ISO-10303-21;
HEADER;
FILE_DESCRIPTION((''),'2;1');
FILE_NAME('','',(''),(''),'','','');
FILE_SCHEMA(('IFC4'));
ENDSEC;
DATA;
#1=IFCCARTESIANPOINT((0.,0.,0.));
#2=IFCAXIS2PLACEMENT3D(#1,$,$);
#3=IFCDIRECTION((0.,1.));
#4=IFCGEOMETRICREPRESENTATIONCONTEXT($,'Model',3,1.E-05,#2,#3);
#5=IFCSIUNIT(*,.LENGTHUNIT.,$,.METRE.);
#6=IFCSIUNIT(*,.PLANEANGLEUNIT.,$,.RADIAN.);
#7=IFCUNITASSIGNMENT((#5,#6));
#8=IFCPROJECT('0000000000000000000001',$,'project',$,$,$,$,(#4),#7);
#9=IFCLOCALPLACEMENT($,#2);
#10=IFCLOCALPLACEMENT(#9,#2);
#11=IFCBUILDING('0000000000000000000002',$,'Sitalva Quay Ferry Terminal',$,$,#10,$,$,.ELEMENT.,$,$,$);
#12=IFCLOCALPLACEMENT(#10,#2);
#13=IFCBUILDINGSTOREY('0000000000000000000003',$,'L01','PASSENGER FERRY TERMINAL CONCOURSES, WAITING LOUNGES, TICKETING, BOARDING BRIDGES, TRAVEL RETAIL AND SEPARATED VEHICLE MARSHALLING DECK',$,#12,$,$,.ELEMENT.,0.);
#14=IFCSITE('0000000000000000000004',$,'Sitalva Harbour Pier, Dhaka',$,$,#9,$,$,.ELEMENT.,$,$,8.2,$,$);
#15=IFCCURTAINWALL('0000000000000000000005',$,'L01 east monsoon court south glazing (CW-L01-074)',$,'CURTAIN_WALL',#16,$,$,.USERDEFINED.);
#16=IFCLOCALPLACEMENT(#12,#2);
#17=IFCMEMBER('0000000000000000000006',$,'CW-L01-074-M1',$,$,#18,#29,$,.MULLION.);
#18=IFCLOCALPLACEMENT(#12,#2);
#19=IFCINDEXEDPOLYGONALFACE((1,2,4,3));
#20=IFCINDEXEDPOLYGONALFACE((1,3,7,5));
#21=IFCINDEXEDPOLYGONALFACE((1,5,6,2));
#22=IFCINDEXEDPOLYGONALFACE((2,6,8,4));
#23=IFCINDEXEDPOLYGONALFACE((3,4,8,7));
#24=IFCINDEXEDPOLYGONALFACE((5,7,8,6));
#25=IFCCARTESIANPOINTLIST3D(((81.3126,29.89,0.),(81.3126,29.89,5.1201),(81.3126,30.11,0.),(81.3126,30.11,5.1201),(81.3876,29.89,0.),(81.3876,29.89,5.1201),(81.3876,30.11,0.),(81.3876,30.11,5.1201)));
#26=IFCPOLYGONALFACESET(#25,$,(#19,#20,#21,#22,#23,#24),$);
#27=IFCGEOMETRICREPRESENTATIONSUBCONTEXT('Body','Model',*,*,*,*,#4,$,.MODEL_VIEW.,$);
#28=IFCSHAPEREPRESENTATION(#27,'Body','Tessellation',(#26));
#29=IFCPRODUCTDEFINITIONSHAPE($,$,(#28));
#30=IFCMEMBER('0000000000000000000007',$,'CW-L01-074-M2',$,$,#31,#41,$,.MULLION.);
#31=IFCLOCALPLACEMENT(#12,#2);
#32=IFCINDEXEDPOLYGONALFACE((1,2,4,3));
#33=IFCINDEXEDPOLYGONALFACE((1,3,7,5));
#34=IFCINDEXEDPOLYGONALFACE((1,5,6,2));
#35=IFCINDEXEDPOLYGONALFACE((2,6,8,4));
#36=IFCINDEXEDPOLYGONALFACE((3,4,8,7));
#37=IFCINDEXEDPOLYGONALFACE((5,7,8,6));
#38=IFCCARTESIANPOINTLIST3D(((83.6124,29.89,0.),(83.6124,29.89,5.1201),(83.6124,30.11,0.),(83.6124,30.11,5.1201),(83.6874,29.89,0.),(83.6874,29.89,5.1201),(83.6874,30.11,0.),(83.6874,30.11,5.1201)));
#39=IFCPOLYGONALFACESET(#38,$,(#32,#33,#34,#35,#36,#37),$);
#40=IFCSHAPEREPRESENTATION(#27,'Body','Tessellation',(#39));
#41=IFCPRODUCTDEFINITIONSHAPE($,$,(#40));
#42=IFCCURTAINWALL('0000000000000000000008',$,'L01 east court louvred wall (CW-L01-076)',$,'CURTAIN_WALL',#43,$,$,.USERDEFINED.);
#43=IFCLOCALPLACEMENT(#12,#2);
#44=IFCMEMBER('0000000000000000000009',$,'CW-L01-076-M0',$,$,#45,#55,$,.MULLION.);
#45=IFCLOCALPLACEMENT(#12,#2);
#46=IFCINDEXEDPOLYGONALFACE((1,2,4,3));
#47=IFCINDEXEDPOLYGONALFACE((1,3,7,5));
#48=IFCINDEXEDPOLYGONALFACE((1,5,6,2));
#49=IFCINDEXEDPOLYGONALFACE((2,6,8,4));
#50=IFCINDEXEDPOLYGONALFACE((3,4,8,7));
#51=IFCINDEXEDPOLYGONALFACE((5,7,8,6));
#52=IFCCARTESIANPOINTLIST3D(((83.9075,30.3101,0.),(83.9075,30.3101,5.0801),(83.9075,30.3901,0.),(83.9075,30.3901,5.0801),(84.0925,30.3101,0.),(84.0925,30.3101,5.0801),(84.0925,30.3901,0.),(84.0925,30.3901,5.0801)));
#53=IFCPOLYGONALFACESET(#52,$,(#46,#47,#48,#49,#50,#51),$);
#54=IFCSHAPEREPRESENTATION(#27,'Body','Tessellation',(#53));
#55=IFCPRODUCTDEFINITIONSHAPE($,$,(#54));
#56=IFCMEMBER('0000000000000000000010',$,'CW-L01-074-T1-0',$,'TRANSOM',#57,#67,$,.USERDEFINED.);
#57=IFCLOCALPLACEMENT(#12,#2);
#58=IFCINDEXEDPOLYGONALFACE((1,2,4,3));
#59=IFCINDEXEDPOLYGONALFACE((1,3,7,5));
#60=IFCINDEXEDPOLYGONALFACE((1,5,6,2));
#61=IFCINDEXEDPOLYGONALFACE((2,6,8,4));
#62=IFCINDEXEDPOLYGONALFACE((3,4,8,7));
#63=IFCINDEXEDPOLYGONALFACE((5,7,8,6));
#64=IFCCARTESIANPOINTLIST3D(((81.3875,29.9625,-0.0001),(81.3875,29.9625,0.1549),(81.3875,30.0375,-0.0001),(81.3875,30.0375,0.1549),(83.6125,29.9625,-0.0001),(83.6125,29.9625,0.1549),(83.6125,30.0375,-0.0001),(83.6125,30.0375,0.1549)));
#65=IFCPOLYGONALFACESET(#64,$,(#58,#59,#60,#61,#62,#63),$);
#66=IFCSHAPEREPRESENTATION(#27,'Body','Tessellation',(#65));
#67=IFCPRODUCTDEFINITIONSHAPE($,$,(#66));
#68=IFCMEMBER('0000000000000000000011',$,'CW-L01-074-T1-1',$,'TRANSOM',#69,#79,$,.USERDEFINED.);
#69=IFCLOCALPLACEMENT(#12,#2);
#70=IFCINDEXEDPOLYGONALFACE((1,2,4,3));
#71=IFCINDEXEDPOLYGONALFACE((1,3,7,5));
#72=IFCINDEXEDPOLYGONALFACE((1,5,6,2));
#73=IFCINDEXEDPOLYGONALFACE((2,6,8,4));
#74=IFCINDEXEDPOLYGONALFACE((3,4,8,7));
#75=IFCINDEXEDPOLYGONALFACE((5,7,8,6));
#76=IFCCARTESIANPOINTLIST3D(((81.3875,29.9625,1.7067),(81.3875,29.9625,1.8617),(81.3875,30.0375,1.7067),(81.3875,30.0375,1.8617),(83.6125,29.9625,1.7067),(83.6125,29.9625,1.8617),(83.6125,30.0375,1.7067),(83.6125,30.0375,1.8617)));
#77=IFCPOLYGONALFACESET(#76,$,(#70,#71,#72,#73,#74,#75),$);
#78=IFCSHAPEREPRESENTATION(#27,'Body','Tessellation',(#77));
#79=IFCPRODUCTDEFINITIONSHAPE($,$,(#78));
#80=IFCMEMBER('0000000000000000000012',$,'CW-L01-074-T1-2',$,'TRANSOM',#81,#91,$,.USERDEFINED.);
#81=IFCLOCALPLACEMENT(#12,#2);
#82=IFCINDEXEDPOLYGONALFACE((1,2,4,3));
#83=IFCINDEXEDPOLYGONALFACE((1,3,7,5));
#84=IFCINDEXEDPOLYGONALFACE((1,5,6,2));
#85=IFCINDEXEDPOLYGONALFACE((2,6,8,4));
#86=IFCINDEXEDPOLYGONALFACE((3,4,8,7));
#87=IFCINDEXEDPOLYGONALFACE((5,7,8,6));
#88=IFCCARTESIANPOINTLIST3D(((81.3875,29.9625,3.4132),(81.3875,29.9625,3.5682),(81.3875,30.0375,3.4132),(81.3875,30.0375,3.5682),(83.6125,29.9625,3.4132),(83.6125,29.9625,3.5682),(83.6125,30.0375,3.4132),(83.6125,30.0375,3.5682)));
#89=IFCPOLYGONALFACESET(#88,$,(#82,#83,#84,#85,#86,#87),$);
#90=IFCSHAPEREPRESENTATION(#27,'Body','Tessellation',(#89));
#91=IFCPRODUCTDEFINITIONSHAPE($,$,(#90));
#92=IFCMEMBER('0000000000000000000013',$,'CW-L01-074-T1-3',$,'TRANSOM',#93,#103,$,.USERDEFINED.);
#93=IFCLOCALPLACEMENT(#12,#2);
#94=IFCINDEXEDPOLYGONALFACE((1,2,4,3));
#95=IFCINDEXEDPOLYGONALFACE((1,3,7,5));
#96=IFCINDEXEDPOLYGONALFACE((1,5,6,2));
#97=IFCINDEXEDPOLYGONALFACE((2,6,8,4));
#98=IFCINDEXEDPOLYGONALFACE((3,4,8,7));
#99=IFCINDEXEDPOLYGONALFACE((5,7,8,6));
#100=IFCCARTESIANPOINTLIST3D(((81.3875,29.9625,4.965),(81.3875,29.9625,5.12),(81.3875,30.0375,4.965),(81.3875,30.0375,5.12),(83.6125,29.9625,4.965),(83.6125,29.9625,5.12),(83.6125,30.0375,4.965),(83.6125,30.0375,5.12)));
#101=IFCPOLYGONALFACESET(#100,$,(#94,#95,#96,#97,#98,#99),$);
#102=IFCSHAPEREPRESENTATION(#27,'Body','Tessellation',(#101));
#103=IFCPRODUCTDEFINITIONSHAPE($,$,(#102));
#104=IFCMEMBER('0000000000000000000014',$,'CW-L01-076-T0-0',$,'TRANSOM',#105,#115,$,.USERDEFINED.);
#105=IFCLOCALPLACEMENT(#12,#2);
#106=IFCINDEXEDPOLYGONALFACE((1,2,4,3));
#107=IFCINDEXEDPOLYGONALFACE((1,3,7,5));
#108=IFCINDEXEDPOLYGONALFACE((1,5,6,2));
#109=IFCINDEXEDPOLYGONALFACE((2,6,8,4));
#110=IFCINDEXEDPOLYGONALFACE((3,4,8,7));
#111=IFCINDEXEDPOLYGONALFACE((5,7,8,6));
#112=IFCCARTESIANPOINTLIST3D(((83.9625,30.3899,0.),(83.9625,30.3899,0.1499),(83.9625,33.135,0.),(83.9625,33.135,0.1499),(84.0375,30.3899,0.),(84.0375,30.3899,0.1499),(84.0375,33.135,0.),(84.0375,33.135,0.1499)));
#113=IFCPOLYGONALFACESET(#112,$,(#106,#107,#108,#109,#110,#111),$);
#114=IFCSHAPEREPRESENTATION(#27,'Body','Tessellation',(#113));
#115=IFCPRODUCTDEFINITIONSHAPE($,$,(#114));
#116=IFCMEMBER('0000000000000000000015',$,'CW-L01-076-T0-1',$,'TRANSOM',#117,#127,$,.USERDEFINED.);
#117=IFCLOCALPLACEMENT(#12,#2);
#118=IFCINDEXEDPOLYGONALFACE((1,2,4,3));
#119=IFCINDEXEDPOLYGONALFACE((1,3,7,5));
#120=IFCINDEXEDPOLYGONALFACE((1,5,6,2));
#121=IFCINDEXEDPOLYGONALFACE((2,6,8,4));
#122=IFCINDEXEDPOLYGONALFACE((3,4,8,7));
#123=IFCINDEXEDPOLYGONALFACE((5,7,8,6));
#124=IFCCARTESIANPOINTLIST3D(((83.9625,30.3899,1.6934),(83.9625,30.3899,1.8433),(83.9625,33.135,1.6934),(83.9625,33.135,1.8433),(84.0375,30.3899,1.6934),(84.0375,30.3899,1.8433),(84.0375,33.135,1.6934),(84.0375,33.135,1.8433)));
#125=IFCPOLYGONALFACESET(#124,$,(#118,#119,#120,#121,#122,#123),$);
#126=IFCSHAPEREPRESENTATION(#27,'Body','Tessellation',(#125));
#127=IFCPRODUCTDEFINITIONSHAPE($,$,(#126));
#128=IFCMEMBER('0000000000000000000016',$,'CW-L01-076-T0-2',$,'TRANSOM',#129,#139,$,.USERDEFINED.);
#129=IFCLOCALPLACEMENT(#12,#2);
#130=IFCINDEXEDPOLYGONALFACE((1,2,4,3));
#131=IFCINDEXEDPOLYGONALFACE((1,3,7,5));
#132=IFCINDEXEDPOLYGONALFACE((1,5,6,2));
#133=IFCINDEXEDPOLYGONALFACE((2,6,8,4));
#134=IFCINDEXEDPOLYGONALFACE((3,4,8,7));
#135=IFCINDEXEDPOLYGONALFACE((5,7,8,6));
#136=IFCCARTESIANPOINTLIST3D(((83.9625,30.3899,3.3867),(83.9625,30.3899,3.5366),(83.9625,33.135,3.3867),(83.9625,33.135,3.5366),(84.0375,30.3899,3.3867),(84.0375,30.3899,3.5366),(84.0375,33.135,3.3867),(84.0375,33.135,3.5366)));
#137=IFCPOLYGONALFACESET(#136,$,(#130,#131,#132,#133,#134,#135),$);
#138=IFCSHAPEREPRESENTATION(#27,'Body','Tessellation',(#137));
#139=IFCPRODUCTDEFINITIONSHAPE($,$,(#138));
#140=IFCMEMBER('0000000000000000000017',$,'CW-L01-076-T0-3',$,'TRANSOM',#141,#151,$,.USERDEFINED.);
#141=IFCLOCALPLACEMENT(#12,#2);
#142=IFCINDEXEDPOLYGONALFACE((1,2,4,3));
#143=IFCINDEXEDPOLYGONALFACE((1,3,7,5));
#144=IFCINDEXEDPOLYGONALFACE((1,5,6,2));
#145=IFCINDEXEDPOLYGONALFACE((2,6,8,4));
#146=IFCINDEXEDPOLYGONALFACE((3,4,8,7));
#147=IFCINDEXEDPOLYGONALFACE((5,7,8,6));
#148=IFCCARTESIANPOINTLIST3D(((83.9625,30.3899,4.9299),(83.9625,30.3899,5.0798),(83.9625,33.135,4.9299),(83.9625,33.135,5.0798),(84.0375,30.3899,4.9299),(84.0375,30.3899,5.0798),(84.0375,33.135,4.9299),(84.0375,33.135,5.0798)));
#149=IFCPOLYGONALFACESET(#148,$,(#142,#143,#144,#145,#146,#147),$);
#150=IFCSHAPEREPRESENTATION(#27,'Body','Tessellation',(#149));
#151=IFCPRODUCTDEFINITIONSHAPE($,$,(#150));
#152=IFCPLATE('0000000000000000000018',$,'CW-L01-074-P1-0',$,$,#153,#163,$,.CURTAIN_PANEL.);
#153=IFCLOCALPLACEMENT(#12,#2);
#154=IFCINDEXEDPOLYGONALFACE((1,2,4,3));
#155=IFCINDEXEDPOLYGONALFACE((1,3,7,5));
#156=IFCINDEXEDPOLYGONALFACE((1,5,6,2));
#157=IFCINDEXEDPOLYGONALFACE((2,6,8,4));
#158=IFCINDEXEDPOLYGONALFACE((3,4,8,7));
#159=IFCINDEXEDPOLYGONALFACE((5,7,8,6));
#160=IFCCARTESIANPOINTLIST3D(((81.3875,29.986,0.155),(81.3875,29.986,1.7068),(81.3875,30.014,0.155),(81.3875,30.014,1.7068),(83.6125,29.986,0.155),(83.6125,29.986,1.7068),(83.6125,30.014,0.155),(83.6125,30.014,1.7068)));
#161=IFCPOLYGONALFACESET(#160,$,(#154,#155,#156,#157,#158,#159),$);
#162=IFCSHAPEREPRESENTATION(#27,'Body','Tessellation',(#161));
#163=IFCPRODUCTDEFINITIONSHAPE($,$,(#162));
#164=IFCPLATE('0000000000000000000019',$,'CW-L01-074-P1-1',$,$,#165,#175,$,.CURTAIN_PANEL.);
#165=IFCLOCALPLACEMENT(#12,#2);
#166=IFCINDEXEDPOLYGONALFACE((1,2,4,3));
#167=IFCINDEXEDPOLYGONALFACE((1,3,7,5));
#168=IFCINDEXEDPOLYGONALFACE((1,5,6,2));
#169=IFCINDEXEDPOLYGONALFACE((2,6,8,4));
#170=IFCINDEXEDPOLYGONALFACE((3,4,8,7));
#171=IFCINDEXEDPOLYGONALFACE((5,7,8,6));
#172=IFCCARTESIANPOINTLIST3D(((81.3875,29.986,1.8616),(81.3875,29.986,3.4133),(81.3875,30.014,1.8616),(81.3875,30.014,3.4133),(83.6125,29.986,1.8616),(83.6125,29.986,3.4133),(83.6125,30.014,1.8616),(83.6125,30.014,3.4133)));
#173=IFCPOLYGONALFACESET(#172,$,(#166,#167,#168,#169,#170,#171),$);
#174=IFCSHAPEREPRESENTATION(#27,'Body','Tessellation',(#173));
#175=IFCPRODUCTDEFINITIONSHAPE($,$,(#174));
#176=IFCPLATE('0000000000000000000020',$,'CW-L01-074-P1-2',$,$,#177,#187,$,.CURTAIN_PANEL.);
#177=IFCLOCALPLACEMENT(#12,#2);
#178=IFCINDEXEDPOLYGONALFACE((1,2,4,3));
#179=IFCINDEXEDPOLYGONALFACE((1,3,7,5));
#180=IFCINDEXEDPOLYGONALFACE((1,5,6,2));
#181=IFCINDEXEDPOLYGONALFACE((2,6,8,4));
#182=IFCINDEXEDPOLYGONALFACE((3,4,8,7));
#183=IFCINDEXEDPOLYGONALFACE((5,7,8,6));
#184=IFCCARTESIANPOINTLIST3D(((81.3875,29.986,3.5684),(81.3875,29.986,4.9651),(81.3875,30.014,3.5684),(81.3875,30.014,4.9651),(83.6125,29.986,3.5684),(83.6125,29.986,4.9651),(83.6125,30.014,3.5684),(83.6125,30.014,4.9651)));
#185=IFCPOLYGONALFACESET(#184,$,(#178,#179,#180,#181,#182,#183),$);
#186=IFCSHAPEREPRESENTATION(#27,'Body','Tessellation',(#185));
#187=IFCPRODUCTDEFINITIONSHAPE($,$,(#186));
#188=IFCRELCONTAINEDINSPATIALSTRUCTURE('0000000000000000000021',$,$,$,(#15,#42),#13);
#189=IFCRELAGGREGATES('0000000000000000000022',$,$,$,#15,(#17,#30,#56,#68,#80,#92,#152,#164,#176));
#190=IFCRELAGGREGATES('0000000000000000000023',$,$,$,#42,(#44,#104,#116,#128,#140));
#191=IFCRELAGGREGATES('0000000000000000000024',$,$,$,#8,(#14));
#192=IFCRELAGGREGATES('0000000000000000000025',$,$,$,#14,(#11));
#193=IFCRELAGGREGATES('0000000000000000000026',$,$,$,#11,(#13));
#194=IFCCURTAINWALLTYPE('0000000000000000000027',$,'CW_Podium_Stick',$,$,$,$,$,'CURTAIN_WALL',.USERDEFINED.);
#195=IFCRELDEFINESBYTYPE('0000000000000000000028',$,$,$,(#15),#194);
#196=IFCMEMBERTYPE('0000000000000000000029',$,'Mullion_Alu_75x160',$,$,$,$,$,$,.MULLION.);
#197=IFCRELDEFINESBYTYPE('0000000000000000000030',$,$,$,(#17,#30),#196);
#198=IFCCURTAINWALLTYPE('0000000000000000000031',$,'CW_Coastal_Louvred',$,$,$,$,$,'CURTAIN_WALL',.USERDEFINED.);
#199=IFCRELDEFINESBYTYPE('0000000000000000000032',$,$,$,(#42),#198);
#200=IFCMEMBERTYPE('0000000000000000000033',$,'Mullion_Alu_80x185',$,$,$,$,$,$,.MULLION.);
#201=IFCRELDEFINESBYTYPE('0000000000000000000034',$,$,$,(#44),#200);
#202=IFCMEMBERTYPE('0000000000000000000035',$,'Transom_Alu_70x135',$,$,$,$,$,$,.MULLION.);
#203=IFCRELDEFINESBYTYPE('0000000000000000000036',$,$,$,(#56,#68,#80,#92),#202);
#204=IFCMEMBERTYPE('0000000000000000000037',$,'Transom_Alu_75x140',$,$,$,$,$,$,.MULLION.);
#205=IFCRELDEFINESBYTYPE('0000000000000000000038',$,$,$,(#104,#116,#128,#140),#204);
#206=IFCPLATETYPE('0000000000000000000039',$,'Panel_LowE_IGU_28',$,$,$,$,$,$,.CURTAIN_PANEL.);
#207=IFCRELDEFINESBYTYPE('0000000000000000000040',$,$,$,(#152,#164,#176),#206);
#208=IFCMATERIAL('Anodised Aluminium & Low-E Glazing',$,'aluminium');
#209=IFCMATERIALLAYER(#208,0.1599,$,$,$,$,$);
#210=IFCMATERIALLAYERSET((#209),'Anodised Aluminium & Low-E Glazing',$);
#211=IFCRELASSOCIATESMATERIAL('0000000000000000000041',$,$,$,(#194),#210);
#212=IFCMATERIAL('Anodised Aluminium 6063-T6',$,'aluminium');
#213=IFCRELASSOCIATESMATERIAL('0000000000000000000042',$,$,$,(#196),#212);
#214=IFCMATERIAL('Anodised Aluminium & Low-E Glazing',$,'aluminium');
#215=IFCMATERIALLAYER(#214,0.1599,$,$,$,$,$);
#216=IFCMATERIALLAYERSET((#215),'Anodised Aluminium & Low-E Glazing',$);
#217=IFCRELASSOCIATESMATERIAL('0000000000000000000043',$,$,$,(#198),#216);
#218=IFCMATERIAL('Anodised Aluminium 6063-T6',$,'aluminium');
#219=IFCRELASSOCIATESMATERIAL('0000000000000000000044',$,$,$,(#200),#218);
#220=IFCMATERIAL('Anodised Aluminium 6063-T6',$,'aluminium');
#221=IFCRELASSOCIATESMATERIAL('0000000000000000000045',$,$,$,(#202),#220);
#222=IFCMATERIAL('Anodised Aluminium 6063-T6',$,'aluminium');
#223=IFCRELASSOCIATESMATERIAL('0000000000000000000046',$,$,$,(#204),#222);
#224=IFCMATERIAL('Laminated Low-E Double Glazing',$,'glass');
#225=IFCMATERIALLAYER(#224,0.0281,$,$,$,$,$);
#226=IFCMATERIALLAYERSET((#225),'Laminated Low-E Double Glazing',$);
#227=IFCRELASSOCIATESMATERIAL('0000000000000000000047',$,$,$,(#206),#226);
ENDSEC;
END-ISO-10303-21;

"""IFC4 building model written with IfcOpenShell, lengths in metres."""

from ifc_helpers import new_model, si_unit, direction, frame, origin, origin_2d, place, context, subcontext, project, spatial, rectangle, extrude, material, layer, layer_set, material_profile, profile_set, type_object, element, aggregate, save


model = new_model("IFC4")

# Units and contexts
model_context = context("Model", 3, precision=1e-05, world=origin(), true_north=direction((0.0, 1.0)))
body_context = subcontext(model_context, "Body", "Model", "MODEL_VIEW")
ifc_project = project(units=[si_unit("LENGTHUNIT", "METRE"), si_unit("PLANEANGLEUNIT", "RADIAN")], contexts=[model_context])

# Site, building, storey
site_placement = place(None, origin())
site = spatial("IfcSite", under=ifc_project, at=site_placement, Name="Sitalva Harbour Pier, Dhaka", CompositionType="ELEMENT", RefElevation=8.2)
building_placement = place(site_placement, origin())
building = spatial("IfcBuilding", under=site, at=building_placement, Name="Sitalva Quay Ferry Terminal", CompositionType="ELEMENT")
storey_placement = place(building_placement, origin())
storey = spatial("IfcBuildingStorey", under=building, at=storey_placement, Name="L01", Description="PASSENGER FERRY TERMINAL CONCOURSES, WAITING LOUNGES, TICKETING, BOARDING BRIDGES, TRAVEL RETAIL AND SEPARATED VEHICLE MARSHALLING DECK", CompositionType="ELEMENT", Elevation=0.0)

# Curtain wall, members
ifc_material_1 = material(Name="Anodised Aluminium & Low-E Glazing", Category="aluminium")
ifc_layer_1 = layer(ifc_material_1, 0.1599)
ifc_layer_set_1 = layer_set([ifc_layer_1], Name="Anodised Aluminium & Low-E Glazing")
curtain_wall_type_1 = type_object("IfcCurtainWallType", Name="CW_Podium_Stick", ElementType="CURTAIN_WALL", PredefinedType="USERDEFINED", material=ifc_layer_set_1)
curtain_wall_1_placement = place(storey_placement, origin())
curtain_wall_1 = element("IfcCurtainWall", 1, at=curtain_wall_1_placement, inside=storey, type_object=curtain_wall_type_1, Name="L01 east monsoon court south glazing (CW-L01-074)", ObjectType="CURTAIN_WALL", PredefinedType="USERDEFINED")
ifc_material_2 = material(Name="Anodised Aluminium 6063-T6", Category="aluminium")
ifc_material_profile_1 = material_profile(ifc_material_2, rectangle(XDim=0.075, YDim=0.22, at=origin_2d()), Name="ALU75x220")
ifc_profile_set_1 = profile_set([ifc_material_profile_1], Name="Anodised Aluminium 6063-T6")
member_type_1 = type_object("IfcMemberType", Name="Mullion_Alu_75x160", PredefinedType="MULLION", material=ifc_profile_set_1)
member_1_placement = place(storey_placement, frame((81.3501, 30.0, 0.0), z_axis=(0.0, 0.0, 1.0), x_axis=(1.0, 0.0, 0.0)))
member_1 = element("IfcMember", 2, at=member_1_placement, type_object=member_type_1, Name="CW-L01-074-M1", PredefinedType="MULLION", context=body_context, shape_type="SweptSolid", body=[
    extrude(rectangle(XDim=0.075, YDim=0.22, at=origin_2d()), origin(), (0.0, 0.0, 1.0), 5.1201),
])
member_2_placement = place(storey_placement, frame((83.6499, 30.0, 0.0), z_axis=(0.0, 0.0, 1.0), x_axis=(1.0, 0.0, 0.0)))
member_2 = element("IfcMember", 3, at=member_2_placement, type_object=member_type_1, Name="CW-L01-074-M2", PredefinedType="MULLION", context=body_context, shape_type="SweptSolid", body=[
    extrude(rectangle(XDim=0.075, YDim=0.22, at=origin_2d()), origin(), (0.0, 0.0, 1.0), 5.1201),
])

# Curtain wall, member
ifc_material_3 = material(Name="Anodised Aluminium & Low-E Glazing", Category="aluminium")
ifc_layer_2 = layer(ifc_material_3, 0.1599)
ifc_layer_set_2 = layer_set([ifc_layer_2], Name="Anodised Aluminium & Low-E Glazing")
curtain_wall_type_2 = type_object("IfcCurtainWallType", Name="CW_Coastal_Louvred", ElementType="CURTAIN_WALL", PredefinedType="USERDEFINED", material=ifc_layer_set_2)
curtain_wall_2_placement = place(storey_placement, origin())
curtain_wall_2 = element("IfcCurtainWall", 4, at=curtain_wall_2_placement, inside=storey, type_object=curtain_wall_type_2, Name="L01 east court louvred wall (CW-L01-076)", ObjectType="CURTAIN_WALL", PredefinedType="USERDEFINED")
ifc_material_4 = material(Name="Anodised Aluminium 6063-T6", Category="aluminium")
ifc_material_profile_2 = material_profile(ifc_material_4, rectangle(XDim=0.0801, YDim=0.1851, at=origin_2d()), Name="ALU80x185")
ifc_profile_set_2 = profile_set([ifc_material_profile_2], Name="Anodised Aluminium 6063-T6")
member_type_2 = type_object("IfcMemberType", Name="Mullion_Alu_80x185", PredefinedType="MULLION", material=ifc_profile_set_2)
member_3_placement = place(storey_placement, frame((84.0, 30.3501, 0.0), z_axis=(0.0, 0.0, 1.0), x_axis=(0.0, 1.0, 0.0)))
member_3 = element("IfcMember", 5, at=member_3_placement, type_object=member_type_2, Name="CW-L01-076-M0", PredefinedType="MULLION", context=body_context, shape_type="SweptSolid", body=[
    extrude(rectangle(XDim=0.0801, YDim=0.1851, at=origin_2d()), origin(), (0.0, 0.0, 1.0), 5.0801),
])

# Members
ifc_material_5 = material(Name="Anodised Aluminium 6063-T6", Category="aluminium")
ifc_material_profile_3 = material_profile(ifc_material_5, rectangle(XDim=0.075, YDim=0.155, at=origin_2d()), Name="ALU75x155")
ifc_profile_set_3 = profile_set([ifc_material_profile_3], Name="Anodised Aluminium 6063-T6")
member_type_3 = type_object("IfcMemberType", Name="Transom_Alu_70x135", PredefinedType="MULLION", material=ifc_profile_set_3)
member_4_placement = place(storey_placement, frame((81.3875, 30.0, 0.0774), z_axis=(1.0, 0.0, 0.0), x_axis=(0.0, 1.0, 0.0)))
member_4 = element("IfcMember", 6, at=member_4_placement, type_object=member_type_3, Name="CW-L01-074-T1-0", ObjectType="TRANSOM", PredefinedType="USERDEFINED", context=body_context, shape_type="SweptSolid", body=[
    extrude(rectangle(XDim=0.075, YDim=0.155, at=origin_2d()), origin(), (0.0, 0.0, 1.0), 2.2251),
])
member_5_placement = place(storey_placement, frame((81.3875, 30.0, 1.7842), z_axis=(1.0, 0.0, 0.0), x_axis=(0.0, 1.0, 0.0)))
member_5 = element("IfcMember", 7, at=member_5_placement, type_object=member_type_3, Name="CW-L01-074-T1-1", ObjectType="TRANSOM", PredefinedType="USERDEFINED", context=body_context, shape_type="SweptSolid", body=[
    extrude(rectangle(XDim=0.075, YDim=0.155, at=origin_2d()), origin(), (0.0, 0.0, 1.0), 2.2251),
])
member_6_placement = place(storey_placement, frame((81.3875, 30.0, 3.4907), z_axis=(1.0, 0.0, 0.0), x_axis=(0.0, 1.0, 0.0)))
member_6 = element("IfcMember", 8, at=member_6_placement, type_object=member_type_3, Name="CW-L01-074-T1-2", ObjectType="TRANSOM", PredefinedType="USERDEFINED", context=body_context, shape_type="SweptSolid", body=[
    extrude(rectangle(XDim=0.075, YDim=0.155, at=origin_2d()), origin(), (0.0, 0.0, 1.0), 2.2251),
])
member_7_placement = place(storey_placement, frame((81.3875, 30.0, 5.0425), z_axis=(1.0, 0.0, 0.0), x_axis=(0.0, 1.0, 0.0)))
member_7 = element("IfcMember", 9, at=member_7_placement, type_object=member_type_3, Name="CW-L01-074-T1-3", ObjectType="TRANSOM", PredefinedType="USERDEFINED", context=body_context, shape_type="SweptSolid", body=[
    extrude(rectangle(XDim=0.075, YDim=0.155, at=origin_2d()), origin(), (0.0, 0.0, 1.0), 2.2251),
])
ifc_material_6 = material(Name="Anodised Aluminium 6063-T6", Category="aluminium")
ifc_material_profile_4 = material_profile(ifc_material_6, rectangle(XDim=0.075, YDim=0.1499, at=origin_2d()), Name="ALU75x150")
ifc_profile_set_4 = profile_set([ifc_material_profile_4], Name="Anodised Aluminium 6063-T6")
member_type_4 = type_object("IfcMemberType", Name="Transom_Alu_75x140", PredefinedType="MULLION", material=ifc_profile_set_4)
member_8_placement = place(storey_placement, frame((84.0, 30.3899, 0.075), z_axis=(0.0, 1.0, 0.0), x_axis=(-1.0, 0.0, 0.0)))
member_8 = element("IfcMember", 10, at=member_8_placement, type_object=member_type_4, Name="CW-L01-076-T0-0", ObjectType="TRANSOM", PredefinedType="USERDEFINED", context=body_context, shape_type="SweptSolid", body=[
    extrude(rectangle(XDim=0.075, YDim=0.1499, at=origin_2d()), origin(), (0.0, 0.0, 1.0), 2.7451),
])
member_9_placement = place(storey_placement, frame((84.0, 30.3899, 1.7683), z_axis=(0.0, 1.0, 0.0), x_axis=(-1.0, 0.0, 0.0)))
member_9 = element("IfcMember", 11, at=member_9_placement, type_object=member_type_4, Name="CW-L01-076-T0-1", ObjectType="TRANSOM", PredefinedType="USERDEFINED", context=body_context, shape_type="SweptSolid", body=[
    extrude(rectangle(XDim=0.075, YDim=0.1499, at=origin_2d()), origin(), (0.0, 0.0, 1.0), 2.7451),
])
member_10_placement = place(storey_placement, frame((84.0, 30.3899, 3.4617), z_axis=(0.0, 1.0, 0.0), x_axis=(-1.0, 0.0, 0.0)))
member_10 = element("IfcMember", 12, at=member_10_placement, type_object=member_type_4, Name="CW-L01-076-T0-2", ObjectType="TRANSOM", PredefinedType="USERDEFINED", context=body_context, shape_type="SweptSolid", body=[
    extrude(rectangle(XDim=0.075, YDim=0.1499, at=origin_2d()), origin(), (0.0, 0.0, 1.0), 2.7451),
])
member_11_placement = place(storey_placement, frame((84.0, 30.3899, 5.0049), z_axis=(0.0, 1.0, 0.0), x_axis=(-1.0, 0.0, 0.0)))
member_11 = element("IfcMember", 13, at=member_11_placement, type_object=member_type_4, Name="CW-L01-076-T0-3", ObjectType="TRANSOM", PredefinedType="USERDEFINED", context=body_context, shape_type="SweptSolid", body=[
    extrude(rectangle(XDim=0.075, YDim=0.1499, at=origin_2d()), origin(), (0.0, 0.0, 1.0), 2.7451),
])

# Plates
ifc_material_7 = material(Name="Laminated Low-E Double Glazing", Category="glass")
ifc_layer_3 = layer(ifc_material_7, 0.0281)
ifc_layer_set_3 = layer_set([ifc_layer_3], Name="Laminated Low-E Double Glazing")
plate_type_1 = type_object("IfcPlateType", Name="Panel_LowE_IGU_28", PredefinedType="CURTAIN_PANEL", material=ifc_layer_set_3)
plate_1_placement = place(storey_placement, frame((82.5, 30.0, 0.155), z_axis=(0.0, 0.0, 1.0), x_axis=(1.0, 0.0, 0.0)))
plate_1 = element("IfcPlate", 14, at=plate_1_placement, type_object=plate_type_1, Name="CW-L01-074-P1-0", PredefinedType="CURTAIN_PANEL", context=body_context, shape_type="SweptSolid", body=[
    extrude(rectangle(XDim=2.2251, YDim=0.0281, at=origin_2d()), origin(), (0.0, 0.0, 1.0), 1.5518),
])
plate_2_placement = place(storey_placement, frame((82.5, 30.0, 1.8616), z_axis=(0.0, 0.0, 1.0), x_axis=(1.0, 0.0, 0.0)))
plate_2 = element("IfcPlate", 15, at=plate_2_placement, type_object=plate_type_1, Name="CW-L01-074-P1-1", PredefinedType="CURTAIN_PANEL", context=body_context, shape_type="SweptSolid", body=[
    extrude(rectangle(XDim=2.2251, YDim=0.0281, at=origin_2d()), origin(), (0.0, 0.0, 1.0), 1.5518),
])
plate_3_placement = place(storey_placement, frame((82.5, 30.0, 3.5684), z_axis=(0.0, 0.0, 1.0), x_axis=(1.0, 0.0, 0.0)))
plate_3 = element("IfcPlate", 16, at=plate_3_placement, type_object=plate_type_1, Name="CW-L01-074-P1-2", PredefinedType="CURTAIN_PANEL", context=body_context, shape_type="SweptSolid", body=[
    extrude(rectangle(XDim=2.2251, YDim=0.0281, at=origin_2d()), origin(), (0.0, 0.0, 1.0), 1.3967),
])
aggregate(curtain_wall_1, [member_1, member_2, member_4, member_5, member_6, member_7, plate_1, plate_2, plate_3])
aggregate(curtain_wall_2, [member_3, member_8, member_9, member_10, member_11])

save(model, "model.ifc")
